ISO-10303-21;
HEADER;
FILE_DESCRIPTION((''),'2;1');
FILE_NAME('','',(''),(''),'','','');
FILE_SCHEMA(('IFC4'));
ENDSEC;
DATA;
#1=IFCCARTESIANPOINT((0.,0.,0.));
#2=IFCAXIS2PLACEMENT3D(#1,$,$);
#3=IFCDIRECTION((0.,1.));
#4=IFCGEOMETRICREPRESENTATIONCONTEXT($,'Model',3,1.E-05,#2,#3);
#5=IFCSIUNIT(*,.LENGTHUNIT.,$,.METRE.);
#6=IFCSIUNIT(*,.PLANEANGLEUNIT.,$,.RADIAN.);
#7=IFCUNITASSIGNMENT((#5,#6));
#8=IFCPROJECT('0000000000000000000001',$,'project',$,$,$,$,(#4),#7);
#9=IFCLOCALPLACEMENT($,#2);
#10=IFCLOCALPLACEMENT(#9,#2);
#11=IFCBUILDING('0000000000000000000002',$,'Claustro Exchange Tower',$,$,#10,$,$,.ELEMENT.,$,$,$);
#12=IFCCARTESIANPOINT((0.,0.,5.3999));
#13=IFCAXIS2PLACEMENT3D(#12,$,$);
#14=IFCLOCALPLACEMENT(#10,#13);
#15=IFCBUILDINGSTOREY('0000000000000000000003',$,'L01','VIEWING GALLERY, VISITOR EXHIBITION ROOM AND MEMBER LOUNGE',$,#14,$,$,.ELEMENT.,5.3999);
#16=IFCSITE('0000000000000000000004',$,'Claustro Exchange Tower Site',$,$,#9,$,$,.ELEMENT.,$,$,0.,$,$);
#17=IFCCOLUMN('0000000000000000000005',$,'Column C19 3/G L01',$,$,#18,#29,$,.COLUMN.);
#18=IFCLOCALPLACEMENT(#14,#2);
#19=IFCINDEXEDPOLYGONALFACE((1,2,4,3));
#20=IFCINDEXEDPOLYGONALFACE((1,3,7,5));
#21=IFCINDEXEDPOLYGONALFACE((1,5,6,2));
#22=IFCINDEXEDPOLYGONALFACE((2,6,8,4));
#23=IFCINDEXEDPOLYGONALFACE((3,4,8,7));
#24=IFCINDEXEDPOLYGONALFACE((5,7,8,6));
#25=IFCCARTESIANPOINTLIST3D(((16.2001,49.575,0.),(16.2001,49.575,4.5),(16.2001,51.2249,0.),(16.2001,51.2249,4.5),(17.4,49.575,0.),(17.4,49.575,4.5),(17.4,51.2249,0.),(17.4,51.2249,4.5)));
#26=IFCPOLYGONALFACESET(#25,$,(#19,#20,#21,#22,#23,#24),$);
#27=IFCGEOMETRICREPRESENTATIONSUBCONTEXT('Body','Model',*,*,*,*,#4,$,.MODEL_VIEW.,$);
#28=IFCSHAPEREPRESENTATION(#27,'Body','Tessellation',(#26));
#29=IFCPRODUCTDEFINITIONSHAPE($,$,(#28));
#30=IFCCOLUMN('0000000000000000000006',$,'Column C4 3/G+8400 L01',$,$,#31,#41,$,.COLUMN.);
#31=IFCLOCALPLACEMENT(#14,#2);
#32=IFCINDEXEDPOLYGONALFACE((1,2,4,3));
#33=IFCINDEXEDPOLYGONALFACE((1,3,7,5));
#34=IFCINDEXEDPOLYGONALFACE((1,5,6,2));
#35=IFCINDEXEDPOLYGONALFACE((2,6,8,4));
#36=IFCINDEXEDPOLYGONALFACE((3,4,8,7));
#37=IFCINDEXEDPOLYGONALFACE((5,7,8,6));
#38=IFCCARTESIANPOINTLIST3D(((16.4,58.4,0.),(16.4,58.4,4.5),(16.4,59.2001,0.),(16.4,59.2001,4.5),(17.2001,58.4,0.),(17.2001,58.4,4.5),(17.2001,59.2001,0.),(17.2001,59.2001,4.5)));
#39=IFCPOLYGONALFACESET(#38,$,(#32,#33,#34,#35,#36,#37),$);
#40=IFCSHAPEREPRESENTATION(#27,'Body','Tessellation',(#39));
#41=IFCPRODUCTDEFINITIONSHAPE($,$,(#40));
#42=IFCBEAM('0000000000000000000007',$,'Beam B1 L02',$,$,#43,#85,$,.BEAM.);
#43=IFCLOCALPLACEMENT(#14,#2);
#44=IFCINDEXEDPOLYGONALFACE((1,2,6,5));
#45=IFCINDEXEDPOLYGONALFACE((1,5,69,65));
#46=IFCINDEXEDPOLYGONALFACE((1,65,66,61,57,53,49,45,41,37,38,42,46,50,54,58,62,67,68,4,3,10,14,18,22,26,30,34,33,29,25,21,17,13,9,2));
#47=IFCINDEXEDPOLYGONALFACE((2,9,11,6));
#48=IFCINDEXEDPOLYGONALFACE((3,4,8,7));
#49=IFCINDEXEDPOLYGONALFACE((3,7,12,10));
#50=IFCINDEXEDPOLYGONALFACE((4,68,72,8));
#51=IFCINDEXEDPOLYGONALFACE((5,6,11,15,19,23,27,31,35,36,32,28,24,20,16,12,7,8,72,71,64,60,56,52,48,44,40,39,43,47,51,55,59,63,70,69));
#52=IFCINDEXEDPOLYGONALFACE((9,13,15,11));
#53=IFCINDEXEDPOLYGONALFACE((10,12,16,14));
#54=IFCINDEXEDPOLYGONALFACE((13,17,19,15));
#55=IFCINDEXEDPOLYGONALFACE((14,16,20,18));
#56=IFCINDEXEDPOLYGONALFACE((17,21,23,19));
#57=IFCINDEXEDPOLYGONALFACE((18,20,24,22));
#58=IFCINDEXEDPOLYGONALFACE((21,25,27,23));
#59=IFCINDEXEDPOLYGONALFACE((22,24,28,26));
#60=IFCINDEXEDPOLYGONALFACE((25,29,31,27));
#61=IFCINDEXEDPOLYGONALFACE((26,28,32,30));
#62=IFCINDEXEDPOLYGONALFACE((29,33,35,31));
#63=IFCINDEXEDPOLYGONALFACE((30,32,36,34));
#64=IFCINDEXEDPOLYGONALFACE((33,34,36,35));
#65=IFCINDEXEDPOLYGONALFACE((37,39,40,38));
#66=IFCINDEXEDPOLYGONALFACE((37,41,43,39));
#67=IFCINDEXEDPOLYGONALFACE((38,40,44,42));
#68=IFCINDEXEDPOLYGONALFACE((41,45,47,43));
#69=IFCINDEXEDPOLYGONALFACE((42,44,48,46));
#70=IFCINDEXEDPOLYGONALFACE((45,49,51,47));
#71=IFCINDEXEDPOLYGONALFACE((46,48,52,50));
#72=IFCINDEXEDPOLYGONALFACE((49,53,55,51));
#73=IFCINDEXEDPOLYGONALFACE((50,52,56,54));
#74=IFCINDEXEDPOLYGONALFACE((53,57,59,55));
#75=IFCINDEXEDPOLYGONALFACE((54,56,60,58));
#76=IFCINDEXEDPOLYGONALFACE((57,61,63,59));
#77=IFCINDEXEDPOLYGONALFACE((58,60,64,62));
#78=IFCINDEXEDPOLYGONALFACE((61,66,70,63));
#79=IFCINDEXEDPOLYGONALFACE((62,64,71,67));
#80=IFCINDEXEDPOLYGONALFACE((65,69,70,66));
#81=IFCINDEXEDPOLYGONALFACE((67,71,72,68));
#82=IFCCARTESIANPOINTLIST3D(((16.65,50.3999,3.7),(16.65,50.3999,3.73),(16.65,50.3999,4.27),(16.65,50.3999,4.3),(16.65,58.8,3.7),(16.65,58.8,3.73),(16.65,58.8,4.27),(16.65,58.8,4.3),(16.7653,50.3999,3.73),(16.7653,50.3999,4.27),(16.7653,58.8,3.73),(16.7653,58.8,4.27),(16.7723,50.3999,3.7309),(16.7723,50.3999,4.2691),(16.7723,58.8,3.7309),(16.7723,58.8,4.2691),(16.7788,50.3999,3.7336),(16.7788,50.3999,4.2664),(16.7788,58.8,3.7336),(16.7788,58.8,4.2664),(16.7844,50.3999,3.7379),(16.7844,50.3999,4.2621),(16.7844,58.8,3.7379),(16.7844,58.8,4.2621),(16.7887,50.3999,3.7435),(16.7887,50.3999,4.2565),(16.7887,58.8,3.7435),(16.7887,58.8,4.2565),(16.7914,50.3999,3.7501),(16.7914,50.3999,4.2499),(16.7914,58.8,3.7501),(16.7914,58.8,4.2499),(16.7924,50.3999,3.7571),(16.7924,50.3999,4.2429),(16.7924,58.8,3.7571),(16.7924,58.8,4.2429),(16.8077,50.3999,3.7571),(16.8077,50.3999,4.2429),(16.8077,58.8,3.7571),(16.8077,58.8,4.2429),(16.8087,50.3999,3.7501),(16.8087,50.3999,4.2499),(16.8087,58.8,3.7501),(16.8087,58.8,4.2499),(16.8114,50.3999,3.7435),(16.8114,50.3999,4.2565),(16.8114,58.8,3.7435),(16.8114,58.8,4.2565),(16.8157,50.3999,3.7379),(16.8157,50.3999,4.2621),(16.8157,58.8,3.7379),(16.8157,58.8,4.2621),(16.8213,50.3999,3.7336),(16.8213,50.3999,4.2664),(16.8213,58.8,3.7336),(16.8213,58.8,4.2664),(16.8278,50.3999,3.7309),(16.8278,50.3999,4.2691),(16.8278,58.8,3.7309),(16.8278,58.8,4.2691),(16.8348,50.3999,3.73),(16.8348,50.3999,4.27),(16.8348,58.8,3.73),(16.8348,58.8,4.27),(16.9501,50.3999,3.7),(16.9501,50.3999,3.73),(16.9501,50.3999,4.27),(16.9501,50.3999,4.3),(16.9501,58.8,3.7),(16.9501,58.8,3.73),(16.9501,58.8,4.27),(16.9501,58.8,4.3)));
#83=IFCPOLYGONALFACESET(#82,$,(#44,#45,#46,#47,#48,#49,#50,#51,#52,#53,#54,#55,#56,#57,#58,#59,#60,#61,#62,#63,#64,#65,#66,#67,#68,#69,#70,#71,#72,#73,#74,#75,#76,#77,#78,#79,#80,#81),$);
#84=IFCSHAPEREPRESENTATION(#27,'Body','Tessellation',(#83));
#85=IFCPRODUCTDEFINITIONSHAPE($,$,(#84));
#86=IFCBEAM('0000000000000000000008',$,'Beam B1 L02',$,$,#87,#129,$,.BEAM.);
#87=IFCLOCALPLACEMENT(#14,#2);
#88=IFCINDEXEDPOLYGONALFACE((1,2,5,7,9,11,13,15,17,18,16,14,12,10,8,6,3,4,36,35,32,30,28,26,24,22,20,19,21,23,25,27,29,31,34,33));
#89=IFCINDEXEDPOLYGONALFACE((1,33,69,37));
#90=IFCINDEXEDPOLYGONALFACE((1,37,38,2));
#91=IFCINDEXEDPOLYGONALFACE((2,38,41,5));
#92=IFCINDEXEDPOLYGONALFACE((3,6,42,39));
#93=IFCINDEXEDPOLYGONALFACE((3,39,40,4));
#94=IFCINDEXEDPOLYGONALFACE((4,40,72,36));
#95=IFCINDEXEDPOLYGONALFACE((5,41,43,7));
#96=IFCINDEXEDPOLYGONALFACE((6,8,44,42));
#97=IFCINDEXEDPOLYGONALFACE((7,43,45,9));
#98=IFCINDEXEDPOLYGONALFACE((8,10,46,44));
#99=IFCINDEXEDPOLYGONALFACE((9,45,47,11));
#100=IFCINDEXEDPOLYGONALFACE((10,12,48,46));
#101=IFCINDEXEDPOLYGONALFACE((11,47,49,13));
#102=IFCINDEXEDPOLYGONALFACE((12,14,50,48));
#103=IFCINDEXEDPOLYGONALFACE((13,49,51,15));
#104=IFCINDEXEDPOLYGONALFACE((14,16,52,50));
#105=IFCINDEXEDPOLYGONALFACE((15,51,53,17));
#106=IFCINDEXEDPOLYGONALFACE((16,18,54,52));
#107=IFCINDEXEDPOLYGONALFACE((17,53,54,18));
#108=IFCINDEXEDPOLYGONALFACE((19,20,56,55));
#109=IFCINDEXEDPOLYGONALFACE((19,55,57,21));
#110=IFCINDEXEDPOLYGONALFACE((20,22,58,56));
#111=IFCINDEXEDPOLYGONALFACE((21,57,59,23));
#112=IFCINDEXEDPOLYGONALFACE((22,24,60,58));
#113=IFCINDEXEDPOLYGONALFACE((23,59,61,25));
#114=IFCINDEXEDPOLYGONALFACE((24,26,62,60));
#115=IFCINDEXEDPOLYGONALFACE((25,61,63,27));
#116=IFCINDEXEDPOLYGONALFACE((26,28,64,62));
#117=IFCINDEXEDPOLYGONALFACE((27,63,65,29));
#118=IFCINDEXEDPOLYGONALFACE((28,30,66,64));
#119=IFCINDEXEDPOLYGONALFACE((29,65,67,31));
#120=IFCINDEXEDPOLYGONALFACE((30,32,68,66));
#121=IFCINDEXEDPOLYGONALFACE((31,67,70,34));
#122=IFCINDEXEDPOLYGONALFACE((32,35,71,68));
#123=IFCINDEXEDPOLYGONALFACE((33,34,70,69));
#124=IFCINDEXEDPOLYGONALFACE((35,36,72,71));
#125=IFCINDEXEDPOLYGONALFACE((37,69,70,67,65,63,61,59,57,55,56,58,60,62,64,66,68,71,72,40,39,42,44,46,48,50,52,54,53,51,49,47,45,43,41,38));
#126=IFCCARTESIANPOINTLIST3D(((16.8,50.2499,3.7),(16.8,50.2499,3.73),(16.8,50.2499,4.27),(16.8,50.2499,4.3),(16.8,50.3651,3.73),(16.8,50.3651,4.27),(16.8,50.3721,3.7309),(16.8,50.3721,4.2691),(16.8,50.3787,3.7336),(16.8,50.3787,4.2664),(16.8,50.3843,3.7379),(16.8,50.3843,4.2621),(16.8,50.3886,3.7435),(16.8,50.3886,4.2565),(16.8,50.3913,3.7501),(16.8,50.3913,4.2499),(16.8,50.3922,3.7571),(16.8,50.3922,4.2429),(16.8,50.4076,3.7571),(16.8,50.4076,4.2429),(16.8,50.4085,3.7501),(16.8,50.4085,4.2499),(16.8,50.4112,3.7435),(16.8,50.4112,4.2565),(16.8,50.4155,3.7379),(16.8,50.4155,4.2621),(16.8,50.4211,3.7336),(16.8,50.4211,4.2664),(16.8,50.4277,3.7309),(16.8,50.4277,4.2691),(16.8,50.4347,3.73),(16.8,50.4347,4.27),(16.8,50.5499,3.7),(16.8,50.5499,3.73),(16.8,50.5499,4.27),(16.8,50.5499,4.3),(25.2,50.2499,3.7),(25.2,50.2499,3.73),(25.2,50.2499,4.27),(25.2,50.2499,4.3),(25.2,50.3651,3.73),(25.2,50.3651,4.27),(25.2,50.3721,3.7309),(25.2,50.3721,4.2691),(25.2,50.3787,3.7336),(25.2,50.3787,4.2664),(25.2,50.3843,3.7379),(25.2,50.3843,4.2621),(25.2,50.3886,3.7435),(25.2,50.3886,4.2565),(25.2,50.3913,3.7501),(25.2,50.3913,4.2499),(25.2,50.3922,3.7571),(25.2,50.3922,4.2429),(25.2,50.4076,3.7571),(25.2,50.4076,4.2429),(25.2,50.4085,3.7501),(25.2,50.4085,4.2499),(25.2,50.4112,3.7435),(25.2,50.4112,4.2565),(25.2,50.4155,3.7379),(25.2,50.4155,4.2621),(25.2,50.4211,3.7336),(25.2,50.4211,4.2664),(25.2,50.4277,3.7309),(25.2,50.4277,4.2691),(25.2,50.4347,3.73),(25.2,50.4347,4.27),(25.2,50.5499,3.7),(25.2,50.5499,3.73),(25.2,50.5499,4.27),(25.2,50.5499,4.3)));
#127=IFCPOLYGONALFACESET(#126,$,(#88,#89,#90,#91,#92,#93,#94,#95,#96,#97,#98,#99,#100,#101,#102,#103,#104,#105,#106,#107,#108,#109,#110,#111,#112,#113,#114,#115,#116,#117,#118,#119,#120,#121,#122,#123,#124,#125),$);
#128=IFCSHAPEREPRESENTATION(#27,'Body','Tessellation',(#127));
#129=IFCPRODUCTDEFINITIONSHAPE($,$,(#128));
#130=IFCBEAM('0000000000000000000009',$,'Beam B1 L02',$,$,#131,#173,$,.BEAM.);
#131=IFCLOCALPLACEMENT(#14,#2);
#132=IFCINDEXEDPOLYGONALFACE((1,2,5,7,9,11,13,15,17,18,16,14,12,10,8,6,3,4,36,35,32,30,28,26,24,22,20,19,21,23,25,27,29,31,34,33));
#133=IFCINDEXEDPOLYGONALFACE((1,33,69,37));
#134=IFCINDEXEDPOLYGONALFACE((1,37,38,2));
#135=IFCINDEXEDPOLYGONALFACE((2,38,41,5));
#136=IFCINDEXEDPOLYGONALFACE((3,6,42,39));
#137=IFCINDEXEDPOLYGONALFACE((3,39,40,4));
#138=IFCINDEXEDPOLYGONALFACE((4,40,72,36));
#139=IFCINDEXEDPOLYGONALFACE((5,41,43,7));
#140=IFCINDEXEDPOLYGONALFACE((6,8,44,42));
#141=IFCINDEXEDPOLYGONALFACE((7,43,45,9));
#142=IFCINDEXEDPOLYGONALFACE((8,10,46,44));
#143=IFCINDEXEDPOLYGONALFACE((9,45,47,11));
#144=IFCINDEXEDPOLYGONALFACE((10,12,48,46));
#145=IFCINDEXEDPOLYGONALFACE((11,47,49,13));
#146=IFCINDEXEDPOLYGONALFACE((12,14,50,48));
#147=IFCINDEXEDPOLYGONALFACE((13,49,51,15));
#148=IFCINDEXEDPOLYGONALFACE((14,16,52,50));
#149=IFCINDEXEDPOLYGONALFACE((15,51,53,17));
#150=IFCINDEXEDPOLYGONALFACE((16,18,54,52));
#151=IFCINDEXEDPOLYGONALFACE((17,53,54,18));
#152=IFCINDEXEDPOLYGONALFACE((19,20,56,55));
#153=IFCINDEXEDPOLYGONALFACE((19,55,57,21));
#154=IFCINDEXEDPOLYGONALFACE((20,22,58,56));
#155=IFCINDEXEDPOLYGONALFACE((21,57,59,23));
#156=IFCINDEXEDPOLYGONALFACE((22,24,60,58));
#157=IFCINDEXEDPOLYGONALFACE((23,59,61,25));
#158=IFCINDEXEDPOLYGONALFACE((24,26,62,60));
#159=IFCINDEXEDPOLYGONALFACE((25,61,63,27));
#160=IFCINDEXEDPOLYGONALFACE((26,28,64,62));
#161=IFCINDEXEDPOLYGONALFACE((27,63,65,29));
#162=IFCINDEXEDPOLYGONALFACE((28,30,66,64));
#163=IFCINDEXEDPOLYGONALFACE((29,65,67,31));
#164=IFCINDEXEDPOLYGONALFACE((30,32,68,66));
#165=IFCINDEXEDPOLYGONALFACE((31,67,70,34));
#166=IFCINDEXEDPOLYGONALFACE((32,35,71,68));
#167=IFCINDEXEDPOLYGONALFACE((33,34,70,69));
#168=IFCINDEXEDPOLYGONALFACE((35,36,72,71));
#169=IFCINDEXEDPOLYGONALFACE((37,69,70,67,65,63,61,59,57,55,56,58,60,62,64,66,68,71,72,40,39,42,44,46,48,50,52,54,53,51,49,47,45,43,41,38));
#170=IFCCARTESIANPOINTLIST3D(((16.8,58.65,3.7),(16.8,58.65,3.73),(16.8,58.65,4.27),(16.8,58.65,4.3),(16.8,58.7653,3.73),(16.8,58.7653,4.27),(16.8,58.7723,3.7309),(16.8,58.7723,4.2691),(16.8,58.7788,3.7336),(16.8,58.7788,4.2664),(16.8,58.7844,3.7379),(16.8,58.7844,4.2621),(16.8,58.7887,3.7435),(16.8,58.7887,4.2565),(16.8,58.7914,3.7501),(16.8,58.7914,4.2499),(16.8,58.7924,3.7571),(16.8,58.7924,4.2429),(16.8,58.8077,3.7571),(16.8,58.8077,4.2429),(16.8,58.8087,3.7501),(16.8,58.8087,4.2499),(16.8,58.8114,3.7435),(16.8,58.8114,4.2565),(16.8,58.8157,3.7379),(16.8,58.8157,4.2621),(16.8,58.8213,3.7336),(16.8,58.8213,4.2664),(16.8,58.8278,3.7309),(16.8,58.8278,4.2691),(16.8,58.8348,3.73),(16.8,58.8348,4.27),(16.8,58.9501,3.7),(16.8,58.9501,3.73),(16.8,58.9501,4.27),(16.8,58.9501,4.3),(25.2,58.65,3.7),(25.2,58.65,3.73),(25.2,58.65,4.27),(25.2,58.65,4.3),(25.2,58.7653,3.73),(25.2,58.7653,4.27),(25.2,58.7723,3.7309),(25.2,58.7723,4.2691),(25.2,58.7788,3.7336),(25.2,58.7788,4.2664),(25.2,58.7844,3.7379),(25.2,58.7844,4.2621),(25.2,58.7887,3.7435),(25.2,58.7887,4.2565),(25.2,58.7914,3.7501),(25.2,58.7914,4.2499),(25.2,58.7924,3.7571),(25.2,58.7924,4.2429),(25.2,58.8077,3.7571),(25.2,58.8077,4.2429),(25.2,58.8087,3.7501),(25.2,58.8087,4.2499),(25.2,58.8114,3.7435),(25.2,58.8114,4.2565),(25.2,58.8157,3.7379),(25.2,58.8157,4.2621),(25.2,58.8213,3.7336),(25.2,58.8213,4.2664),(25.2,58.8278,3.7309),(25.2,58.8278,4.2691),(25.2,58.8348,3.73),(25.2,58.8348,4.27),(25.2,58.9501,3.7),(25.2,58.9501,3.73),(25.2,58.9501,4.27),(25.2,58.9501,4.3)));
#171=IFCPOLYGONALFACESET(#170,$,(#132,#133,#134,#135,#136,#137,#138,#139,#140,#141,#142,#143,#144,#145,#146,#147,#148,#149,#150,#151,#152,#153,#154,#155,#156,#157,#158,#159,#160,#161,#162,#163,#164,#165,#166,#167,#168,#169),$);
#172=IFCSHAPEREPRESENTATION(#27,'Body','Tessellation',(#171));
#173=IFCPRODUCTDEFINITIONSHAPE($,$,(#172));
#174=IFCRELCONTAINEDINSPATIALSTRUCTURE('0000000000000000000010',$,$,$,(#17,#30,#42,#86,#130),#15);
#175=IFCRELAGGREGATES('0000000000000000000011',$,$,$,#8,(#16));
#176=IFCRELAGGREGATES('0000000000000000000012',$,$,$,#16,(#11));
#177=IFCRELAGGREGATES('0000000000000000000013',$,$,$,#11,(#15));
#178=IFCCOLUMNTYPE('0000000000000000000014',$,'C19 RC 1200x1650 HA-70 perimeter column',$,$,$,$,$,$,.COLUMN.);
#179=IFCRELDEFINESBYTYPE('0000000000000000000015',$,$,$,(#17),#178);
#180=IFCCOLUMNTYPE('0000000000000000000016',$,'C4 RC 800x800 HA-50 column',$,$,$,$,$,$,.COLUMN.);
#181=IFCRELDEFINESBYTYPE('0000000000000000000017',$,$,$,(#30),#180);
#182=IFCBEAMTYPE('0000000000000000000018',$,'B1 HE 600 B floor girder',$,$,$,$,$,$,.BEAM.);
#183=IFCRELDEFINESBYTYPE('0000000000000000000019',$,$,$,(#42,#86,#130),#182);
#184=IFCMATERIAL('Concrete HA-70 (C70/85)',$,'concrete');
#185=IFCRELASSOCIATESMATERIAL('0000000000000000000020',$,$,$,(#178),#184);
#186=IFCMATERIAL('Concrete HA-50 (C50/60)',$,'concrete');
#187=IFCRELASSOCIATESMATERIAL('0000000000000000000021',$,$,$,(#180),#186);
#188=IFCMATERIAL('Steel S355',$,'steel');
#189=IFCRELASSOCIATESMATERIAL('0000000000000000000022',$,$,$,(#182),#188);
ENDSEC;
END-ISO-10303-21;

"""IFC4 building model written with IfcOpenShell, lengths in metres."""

from ifc_helpers import new_model, si_unit, direction, frame, origin, origin_2d, place, context, subcontext, project, spatial, rectangle, i_section, extrude, material, material_profile, profile_set, type_object, element, save


model = new_model("IFC4")

# Units and contexts
model_context = context("Model", 3, precision=1e-05, world=origin(), true_north=direction((0.0, 1.0)))
body_context = subcontext(model_context, "Body", "Model", "MODEL_VIEW")
ifc_project = project(units=[si_unit("LENGTHUNIT", "METRE"), si_unit("PLANEANGLEUNIT", "RADIAN")], contexts=[model_context])

# Site, building, storey
site_placement = place(None, origin())
site = spatial("IfcSite", under=ifc_project, at=site_placement, Name="Claustro Exchange Tower Site", CompositionType="ELEMENT", RefElevation=0.0)
building_placement = place(site_placement, origin())
building = spatial("IfcBuilding", under=site, at=building_placement, Name="Claustro Exchange Tower", CompositionType="ELEMENT")
storey_placement = place(building_placement, frame((0.0, 0.0, 5.3999)))
storey = spatial("IfcBuildingStorey", under=building, at=storey_placement, Name="L01", Description="VIEWING GALLERY, VISITOR EXHIBITION ROOM AND MEMBER LOUNGE", CompositionType="ELEMENT", Elevation=5.3999)

# Columns
ifc_material_1 = material(Name="Concrete HA-70 (C70/85)", Category="concrete")
ifc_material_profile_1 = material_profile(ifc_material_1, rectangle(XDim=1.2, YDim=1.6499, at=origin_2d()), Name="RC 1200x1650")
ifc_profile_set_1 = profile_set([ifc_material_profile_1], Name="Concrete HA-70 (C70/85)")
column_type_1 = type_object("IfcColumnType", Name="C19 RC 1200x1650 HA-70 perimeter column", PredefinedType="COLUMN", material=ifc_profile_set_1)
column_1_placement = place(storey_placement, frame((16.8, 50.3999, 0.0), z_axis=(0.0, 0.0, 1.0), x_axis=(1.0, 0.0, 0.0)))
element("IfcColumn", 1, at=column_1_placement, inside=storey, type_object=column_type_1, Name="Column C19 3/G L01", PredefinedType="COLUMN", context=body_context, shape_type="SweptSolid", body=[
    extrude(rectangle(XDim=1.2, YDim=1.6499, at=origin_2d()), origin(), (0.0, 0.0, 1.0), 4.5),
])
ifc_material_2 = material(Name="Concrete HA-50 (C50/60)", Category="concrete")
ifc_material_profile_2 = material_profile(ifc_material_2, rectangle(XDim=0.8, YDim=0.8, at=origin_2d()), Name="RC 800x800")
ifc_profile_set_2 = profile_set([ifc_material_profile_2], Name="Concrete HA-50 (C50/60)")
column_type_2 = type_object("IfcColumnType", Name="C4 RC 800x800 HA-50 column", PredefinedType="COLUMN", material=ifc_profile_set_2)
column_2_placement = place(storey_placement, frame((16.8, 58.8, 0.0), z_axis=(0.0, 0.0, 1.0), x_axis=(1.0, 0.0, 0.0)))
element("IfcColumn", 2, at=column_2_placement, inside=storey, type_object=column_type_2, Name="Column C4 3/G+8400 L01", PredefinedType="COLUMN", context=body_context, shape_type="SweptSolid", body=[
    extrude(rectangle(XDim=0.8, YDim=0.8, at=origin_2d()), origin(), (0.0, 0.0, 1.0), 4.5),
])

# Beams
ifc_material_3 = material(Name="Steel S355", Category="steel")
ifc_material_profile_3 = material_profile(ifc_material_3, i_section(OverallWidth=0.3, OverallDepth=0.6001, WebThickness=0.0154, FlangeThickness=0.03, FilletRadius=0.0271, at=origin_2d()), Name="HE 600 B")
ifc_profile_set_3 = profile_set([ifc_material_profile_3], Name="Steel S355")
beam_type_1 = type_object("IfcBeamType", Name="B1 HE 600 B floor girder", PredefinedType="BEAM", material=ifc_profile_set_3)
beam_1_placement = place(storey_placement, frame((16.8, 50.3999, 4.0), z_axis=(0.0, 1.0, 0.0), x_axis=(-1.0, 0.0, 0.0)))
element("IfcBeam", 3, at=beam_1_placement, inside=storey, type_object=beam_type_1, Name="Beam B1 L02", PredefinedType="BEAM", context=body_context, shape_type="SweptSolid", body=[
    extrude(i_section(OverallWidth=0.3, OverallDepth=0.6001, WebThickness=0.0154, FlangeThickness=0.03, FilletRadius=0.0271, at=origin_2d()), origin(), (0.0, 0.0, 1.0), 8.4001),
])
for number, where, z_axis, x_axis, name in (
    (4, (16.8, 50.3999, 4.0), (1.0, 0.0, 0.0), (0.0, 1.0, 0.0), "Beam B1 L02"),
    (5, (16.8, 58.8, 4.0), (1.0, 0.0, 0.0), (0.0, 1.0, 0.0), "Beam B1 L02"),
):
    element("IfcBeam", number, at=place(storey_placement, frame(where, z_axis=z_axis, x_axis=x_axis)), inside=storey, type_object=beam_type_1, Name=name, PredefinedType="BEAM", context=body_context, shape_type="SweptSolid", body=[
        extrude(i_section(OverallWidth=0.3, OverallDepth=0.6001, WebThickness=0.0154, FlangeThickness=0.03, FilletRadius=0.0271, at=origin_2d()), origin(), (0.0, 0.0, 1.0), 8.3999),
    ])

save(model, "model.ifc")
